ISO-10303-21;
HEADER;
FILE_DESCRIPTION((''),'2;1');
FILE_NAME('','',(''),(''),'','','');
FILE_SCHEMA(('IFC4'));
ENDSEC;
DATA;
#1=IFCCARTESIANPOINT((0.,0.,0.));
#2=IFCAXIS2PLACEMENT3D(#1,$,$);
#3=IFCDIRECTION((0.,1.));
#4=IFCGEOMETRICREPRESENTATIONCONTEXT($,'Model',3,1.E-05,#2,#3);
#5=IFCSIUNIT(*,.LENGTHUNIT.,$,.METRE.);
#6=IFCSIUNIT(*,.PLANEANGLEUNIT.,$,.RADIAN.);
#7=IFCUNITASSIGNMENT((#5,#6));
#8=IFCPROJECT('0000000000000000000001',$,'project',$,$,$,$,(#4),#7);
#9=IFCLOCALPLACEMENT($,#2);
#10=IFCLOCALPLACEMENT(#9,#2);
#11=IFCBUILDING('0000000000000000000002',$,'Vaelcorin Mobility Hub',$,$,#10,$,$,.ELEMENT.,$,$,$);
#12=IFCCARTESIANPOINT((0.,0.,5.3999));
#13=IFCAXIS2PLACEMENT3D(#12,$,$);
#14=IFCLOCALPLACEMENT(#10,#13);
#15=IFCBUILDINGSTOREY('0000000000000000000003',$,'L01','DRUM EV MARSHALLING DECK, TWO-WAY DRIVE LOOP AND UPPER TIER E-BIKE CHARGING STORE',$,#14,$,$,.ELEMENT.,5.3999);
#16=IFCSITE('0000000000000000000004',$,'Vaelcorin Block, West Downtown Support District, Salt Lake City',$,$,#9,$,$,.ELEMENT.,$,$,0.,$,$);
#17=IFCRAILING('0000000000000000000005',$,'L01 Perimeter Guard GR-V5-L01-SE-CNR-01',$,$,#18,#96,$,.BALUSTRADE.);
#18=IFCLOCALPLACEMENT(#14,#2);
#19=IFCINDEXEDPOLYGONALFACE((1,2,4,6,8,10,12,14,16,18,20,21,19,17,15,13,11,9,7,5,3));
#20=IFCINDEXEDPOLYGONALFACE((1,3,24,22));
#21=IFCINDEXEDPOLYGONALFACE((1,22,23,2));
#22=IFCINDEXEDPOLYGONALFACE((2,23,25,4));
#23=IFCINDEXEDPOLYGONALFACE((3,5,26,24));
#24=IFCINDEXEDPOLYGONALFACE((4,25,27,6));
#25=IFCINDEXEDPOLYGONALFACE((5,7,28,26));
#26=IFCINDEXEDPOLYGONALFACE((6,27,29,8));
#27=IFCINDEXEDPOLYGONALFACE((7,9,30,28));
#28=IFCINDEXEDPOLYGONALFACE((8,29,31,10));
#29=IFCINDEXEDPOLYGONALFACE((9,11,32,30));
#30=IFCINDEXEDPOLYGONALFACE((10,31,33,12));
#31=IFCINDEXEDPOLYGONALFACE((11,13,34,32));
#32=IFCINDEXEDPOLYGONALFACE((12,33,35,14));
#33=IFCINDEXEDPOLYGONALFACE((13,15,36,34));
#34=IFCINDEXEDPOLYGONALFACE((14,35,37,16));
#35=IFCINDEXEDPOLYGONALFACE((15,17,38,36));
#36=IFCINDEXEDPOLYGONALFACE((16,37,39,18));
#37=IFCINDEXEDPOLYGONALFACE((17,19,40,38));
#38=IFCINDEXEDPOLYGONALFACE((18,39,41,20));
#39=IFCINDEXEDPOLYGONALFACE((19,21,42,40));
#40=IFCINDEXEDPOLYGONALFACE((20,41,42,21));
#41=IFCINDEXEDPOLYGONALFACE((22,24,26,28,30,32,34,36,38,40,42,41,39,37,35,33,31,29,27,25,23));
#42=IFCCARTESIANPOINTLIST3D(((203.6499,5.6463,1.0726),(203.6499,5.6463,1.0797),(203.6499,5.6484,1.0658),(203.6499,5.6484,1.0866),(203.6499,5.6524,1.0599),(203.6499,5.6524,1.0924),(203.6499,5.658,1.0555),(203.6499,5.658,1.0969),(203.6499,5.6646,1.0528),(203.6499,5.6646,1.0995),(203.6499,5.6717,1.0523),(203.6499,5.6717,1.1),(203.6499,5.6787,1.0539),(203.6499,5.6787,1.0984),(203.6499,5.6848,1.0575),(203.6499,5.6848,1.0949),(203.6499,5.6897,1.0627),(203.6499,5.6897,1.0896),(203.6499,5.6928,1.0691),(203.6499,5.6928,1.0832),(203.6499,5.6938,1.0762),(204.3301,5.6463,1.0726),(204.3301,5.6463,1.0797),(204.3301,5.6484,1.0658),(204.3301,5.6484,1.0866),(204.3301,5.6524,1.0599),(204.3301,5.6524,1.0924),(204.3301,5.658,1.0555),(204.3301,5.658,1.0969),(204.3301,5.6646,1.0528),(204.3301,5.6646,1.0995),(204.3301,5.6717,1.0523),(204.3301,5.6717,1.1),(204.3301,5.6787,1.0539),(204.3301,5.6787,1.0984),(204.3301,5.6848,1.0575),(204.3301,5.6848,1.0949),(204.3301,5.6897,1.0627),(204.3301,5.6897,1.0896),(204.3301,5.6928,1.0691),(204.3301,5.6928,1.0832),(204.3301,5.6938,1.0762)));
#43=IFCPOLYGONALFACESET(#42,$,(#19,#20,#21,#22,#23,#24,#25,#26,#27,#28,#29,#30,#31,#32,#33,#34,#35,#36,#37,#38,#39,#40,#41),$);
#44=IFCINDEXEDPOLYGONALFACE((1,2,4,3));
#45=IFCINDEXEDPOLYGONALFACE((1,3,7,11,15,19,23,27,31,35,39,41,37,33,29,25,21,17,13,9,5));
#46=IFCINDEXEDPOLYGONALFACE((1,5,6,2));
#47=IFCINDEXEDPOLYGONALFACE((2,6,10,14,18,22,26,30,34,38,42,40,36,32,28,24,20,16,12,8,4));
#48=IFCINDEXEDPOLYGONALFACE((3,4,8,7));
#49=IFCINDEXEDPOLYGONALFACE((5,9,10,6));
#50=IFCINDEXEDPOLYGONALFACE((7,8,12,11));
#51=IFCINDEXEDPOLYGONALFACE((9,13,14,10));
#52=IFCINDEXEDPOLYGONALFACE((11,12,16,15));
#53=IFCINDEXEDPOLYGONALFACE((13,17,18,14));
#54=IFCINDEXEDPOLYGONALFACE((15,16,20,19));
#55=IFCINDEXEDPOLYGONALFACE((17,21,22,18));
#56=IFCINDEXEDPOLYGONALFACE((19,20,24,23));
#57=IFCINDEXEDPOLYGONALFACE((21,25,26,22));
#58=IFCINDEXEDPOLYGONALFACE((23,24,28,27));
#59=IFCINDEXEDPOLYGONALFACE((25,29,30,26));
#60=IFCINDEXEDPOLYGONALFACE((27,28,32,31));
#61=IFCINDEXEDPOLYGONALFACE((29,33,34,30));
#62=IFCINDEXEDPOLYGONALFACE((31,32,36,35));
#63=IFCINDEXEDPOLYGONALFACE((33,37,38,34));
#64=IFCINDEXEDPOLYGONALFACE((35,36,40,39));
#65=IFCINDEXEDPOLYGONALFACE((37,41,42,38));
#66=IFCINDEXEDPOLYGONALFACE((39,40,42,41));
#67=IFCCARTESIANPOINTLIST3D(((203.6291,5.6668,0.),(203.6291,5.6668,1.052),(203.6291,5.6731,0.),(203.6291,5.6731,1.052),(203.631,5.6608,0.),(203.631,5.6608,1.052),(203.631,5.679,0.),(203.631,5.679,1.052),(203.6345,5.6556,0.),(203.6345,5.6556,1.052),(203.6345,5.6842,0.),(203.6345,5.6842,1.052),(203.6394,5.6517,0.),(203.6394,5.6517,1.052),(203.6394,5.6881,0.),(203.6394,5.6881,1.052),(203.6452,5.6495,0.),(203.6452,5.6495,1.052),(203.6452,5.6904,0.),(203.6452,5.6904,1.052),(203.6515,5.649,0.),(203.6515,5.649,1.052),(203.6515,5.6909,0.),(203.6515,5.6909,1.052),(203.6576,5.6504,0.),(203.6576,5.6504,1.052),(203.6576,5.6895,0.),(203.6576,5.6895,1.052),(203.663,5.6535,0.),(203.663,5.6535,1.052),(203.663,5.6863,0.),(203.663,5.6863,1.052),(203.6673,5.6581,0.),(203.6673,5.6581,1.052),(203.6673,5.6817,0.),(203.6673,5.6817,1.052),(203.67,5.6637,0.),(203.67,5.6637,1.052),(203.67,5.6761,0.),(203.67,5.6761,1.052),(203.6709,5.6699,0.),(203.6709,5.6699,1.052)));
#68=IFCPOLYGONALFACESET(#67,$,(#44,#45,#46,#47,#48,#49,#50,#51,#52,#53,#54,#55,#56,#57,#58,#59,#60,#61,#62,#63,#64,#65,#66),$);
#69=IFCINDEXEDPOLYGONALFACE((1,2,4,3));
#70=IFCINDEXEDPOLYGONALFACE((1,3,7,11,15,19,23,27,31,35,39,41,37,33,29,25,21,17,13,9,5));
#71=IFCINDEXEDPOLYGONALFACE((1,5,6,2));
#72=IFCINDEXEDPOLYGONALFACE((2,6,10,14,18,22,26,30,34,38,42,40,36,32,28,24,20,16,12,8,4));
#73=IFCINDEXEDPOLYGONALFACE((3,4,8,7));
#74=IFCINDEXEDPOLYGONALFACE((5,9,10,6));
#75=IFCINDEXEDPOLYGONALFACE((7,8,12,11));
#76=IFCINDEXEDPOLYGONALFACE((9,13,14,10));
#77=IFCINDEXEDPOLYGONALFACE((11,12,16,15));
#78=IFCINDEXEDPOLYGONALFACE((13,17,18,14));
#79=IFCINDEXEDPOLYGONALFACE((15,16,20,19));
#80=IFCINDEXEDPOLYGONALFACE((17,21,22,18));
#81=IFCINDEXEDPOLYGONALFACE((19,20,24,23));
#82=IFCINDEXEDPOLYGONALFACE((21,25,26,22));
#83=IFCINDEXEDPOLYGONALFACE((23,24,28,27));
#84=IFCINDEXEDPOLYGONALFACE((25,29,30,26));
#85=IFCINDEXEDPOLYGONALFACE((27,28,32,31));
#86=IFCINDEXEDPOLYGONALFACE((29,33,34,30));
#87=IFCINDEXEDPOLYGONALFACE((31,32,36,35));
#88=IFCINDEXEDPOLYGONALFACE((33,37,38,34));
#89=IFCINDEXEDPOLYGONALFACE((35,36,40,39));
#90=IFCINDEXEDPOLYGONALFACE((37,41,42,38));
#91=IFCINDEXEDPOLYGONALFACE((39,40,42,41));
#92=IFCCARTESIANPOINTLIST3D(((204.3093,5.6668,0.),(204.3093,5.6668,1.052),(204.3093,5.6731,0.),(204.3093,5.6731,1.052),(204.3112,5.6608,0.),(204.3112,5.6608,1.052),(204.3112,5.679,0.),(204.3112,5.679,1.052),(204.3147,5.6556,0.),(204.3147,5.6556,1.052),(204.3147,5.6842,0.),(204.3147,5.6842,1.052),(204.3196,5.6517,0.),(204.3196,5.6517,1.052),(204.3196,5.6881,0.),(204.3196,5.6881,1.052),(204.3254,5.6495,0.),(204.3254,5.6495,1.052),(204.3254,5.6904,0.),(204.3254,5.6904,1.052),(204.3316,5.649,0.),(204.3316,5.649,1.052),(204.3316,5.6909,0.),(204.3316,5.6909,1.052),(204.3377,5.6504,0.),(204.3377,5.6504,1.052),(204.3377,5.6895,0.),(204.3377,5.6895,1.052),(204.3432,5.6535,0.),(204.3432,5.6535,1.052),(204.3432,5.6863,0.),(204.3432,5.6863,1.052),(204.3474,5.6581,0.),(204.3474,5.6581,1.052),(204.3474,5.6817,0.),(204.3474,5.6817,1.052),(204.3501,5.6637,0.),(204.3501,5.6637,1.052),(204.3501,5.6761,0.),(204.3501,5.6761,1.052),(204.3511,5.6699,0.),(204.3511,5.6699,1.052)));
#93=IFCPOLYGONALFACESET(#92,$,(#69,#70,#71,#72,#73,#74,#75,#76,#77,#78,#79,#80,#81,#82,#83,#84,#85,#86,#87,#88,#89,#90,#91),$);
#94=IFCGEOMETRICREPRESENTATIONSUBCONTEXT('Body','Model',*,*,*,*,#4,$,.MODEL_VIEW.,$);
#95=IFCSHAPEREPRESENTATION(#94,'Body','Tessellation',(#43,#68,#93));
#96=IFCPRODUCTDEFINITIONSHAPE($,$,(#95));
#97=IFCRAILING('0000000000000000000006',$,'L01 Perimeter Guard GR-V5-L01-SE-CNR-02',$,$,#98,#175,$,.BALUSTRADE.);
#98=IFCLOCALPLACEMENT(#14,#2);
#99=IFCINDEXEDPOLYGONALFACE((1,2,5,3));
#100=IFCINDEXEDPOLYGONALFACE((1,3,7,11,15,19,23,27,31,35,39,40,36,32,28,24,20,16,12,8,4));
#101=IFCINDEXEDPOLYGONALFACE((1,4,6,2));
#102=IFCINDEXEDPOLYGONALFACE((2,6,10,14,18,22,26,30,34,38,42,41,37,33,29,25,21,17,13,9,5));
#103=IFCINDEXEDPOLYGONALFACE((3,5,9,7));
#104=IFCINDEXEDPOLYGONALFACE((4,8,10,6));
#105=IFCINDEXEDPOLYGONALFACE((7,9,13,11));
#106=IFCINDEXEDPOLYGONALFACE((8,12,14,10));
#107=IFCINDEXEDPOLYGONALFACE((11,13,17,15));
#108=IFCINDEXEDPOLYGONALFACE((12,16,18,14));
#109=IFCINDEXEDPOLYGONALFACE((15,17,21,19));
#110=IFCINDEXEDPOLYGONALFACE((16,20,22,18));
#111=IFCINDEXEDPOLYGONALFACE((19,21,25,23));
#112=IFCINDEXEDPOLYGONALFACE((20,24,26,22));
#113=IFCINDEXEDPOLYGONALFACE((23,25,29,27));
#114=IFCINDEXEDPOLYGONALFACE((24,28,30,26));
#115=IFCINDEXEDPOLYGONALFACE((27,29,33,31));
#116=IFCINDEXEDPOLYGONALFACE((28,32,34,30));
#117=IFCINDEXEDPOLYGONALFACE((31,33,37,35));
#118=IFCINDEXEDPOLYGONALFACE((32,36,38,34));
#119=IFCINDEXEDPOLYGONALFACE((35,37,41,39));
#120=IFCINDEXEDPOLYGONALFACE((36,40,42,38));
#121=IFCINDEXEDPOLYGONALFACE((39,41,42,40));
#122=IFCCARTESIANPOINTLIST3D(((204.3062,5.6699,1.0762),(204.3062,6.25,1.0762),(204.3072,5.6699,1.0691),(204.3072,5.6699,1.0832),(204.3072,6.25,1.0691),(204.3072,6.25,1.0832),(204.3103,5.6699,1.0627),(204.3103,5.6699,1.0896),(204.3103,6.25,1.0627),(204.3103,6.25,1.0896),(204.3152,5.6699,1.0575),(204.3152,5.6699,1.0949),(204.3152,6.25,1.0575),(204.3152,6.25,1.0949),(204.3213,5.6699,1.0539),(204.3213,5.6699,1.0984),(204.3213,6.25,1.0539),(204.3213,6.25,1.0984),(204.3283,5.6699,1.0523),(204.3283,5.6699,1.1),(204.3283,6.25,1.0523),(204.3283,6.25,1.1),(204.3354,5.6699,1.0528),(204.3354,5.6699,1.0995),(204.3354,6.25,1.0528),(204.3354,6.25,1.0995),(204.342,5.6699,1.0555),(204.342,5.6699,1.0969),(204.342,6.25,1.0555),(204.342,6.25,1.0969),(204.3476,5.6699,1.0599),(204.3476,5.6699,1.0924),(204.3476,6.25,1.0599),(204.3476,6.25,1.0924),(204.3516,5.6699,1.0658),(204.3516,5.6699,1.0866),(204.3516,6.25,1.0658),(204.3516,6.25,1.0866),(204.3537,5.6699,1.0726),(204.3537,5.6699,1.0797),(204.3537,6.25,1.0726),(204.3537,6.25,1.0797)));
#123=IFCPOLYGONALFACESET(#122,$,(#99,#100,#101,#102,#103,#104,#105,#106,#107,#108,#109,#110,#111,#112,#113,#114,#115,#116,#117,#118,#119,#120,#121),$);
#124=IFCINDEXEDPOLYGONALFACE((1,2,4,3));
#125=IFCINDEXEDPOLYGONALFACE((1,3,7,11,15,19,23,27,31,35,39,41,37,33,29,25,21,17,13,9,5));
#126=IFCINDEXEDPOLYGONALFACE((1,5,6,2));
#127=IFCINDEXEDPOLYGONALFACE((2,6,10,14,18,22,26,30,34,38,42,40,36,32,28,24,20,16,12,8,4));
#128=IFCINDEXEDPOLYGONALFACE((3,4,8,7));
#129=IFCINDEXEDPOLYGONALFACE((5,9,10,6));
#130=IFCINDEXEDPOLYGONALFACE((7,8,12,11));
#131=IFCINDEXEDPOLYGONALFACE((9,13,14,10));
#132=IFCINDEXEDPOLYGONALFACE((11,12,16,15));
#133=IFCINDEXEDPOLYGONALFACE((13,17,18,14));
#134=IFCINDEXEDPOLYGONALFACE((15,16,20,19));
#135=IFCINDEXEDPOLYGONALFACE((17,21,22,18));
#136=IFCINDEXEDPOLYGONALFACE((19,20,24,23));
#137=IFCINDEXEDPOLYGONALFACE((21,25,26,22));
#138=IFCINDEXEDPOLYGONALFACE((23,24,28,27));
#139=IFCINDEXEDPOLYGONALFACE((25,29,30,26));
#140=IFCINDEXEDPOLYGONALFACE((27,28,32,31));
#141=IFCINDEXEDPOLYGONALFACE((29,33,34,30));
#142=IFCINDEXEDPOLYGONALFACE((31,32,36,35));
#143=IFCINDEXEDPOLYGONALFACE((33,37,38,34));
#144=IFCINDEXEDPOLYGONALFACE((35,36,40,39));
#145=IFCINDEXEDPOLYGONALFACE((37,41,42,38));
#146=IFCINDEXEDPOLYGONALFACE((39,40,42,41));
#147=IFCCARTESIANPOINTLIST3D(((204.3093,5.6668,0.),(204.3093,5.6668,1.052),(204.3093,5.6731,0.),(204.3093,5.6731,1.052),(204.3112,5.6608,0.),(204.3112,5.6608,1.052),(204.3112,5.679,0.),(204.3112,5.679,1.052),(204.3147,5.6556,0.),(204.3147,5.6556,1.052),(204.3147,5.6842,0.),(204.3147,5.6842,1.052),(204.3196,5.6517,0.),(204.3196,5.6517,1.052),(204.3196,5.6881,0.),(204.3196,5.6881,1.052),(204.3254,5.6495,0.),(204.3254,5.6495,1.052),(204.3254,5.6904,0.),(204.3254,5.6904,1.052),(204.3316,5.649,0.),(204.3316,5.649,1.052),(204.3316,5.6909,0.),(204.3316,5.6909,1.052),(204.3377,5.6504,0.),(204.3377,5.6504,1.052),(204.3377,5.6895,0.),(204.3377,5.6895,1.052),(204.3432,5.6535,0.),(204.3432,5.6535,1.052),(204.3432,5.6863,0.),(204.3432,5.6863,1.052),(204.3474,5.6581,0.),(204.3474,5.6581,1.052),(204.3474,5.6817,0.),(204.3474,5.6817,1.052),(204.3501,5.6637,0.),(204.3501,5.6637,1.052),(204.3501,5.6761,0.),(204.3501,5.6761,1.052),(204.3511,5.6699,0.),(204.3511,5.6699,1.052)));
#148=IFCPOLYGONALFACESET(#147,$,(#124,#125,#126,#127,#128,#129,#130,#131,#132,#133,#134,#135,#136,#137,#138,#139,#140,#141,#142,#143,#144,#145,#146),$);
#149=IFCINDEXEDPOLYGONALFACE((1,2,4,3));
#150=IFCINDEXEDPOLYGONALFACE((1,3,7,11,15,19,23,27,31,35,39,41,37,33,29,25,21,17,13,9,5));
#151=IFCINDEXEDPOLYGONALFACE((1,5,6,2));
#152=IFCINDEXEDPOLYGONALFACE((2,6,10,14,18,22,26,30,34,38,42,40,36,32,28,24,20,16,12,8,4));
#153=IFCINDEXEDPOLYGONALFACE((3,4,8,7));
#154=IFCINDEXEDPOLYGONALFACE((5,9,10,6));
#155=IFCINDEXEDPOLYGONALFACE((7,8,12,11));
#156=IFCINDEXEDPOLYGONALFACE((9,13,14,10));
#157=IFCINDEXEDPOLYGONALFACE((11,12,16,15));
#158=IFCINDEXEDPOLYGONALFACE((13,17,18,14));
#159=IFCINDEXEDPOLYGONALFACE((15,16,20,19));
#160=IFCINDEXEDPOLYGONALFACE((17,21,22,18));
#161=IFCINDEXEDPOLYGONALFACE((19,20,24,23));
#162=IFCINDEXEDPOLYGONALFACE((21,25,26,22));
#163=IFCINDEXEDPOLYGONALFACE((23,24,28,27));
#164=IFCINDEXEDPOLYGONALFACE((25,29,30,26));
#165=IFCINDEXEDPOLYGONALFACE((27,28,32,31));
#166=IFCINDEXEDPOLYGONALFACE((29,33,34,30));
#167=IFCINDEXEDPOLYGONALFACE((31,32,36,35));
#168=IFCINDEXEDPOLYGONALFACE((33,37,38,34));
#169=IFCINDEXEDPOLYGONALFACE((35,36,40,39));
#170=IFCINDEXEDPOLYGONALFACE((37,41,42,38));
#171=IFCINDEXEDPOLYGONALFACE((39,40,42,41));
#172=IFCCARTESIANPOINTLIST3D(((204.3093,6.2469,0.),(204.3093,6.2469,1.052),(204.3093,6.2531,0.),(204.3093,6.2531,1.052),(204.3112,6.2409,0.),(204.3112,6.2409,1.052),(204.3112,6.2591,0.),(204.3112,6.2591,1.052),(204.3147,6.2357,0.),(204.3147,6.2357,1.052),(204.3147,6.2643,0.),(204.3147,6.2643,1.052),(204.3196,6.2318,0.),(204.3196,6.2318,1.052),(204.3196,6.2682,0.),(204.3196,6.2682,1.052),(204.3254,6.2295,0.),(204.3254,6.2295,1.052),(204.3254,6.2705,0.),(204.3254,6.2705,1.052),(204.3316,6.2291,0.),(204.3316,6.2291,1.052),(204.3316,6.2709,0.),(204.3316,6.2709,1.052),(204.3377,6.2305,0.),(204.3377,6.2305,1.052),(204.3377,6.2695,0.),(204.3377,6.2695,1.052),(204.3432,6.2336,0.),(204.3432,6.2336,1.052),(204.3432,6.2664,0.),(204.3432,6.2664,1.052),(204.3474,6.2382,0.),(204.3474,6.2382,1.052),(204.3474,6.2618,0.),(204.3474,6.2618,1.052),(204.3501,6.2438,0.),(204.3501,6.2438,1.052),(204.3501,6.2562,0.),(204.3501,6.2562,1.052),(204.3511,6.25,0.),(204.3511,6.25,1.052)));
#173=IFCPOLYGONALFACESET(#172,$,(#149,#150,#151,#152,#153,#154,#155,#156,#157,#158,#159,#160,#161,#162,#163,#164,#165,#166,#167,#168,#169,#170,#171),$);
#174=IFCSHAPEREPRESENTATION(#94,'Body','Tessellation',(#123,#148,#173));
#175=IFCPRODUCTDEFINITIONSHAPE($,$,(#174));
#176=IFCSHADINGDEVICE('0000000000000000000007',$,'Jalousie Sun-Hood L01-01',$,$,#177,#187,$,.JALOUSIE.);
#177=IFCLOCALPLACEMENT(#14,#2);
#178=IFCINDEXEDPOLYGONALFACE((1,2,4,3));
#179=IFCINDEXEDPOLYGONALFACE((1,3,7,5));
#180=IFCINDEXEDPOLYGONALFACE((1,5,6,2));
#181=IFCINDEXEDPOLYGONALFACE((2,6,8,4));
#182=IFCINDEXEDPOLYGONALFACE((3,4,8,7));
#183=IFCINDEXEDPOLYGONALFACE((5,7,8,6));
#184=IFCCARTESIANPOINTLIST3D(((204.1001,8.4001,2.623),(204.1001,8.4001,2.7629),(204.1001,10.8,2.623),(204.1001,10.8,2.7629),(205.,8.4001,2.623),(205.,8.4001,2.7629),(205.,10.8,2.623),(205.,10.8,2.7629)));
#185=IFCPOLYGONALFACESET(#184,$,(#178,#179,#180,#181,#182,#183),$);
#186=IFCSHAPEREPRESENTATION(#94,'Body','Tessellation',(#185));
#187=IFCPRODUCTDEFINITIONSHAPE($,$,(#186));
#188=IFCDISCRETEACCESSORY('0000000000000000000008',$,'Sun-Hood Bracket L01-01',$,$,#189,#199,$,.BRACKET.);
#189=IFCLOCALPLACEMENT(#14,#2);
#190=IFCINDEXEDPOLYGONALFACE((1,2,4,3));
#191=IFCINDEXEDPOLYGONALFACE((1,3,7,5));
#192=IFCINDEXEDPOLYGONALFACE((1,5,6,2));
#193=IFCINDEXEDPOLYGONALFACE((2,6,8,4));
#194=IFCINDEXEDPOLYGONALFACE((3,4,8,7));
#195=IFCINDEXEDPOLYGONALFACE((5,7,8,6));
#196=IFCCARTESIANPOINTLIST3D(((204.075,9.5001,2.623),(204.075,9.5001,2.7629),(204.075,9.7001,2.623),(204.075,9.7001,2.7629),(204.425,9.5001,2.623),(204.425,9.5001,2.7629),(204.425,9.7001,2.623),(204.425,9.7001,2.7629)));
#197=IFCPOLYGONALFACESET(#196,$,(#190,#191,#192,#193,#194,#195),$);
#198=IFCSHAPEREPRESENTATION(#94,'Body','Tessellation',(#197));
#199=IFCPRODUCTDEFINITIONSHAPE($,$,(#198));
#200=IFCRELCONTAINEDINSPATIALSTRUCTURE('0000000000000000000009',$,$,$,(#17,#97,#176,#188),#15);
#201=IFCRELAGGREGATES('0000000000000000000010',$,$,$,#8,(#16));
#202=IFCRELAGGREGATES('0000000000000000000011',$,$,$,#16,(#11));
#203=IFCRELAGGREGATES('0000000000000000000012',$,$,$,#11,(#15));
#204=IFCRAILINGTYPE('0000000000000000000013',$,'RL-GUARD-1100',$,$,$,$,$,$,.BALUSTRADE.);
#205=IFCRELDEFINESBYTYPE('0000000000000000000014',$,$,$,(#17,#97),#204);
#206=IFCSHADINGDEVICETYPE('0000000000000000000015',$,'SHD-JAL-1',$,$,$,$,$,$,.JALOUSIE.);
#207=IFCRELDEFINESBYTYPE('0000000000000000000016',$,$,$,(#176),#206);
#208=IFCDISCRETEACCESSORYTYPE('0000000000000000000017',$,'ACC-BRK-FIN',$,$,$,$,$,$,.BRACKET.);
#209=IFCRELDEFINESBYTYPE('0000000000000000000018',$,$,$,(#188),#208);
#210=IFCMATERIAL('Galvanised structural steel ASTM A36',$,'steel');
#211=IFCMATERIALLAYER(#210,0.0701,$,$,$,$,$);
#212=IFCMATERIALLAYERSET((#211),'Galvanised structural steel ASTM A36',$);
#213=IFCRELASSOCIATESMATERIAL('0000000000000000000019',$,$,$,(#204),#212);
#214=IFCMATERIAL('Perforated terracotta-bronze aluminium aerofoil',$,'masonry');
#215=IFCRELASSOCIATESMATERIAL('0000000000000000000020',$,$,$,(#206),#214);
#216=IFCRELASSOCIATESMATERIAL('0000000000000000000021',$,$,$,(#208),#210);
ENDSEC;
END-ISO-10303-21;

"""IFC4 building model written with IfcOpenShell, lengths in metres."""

from ifc_helpers import new_model, si_unit, direction, frame, origin, origin_2d, place, context, subcontext, project, spatial, rectangle, circle, extrude, material, layer, layer_set, type_object, element, save


model = new_model("IFC4")

# Units and contexts
model_context = context("Model", 3, precision=1e-05, world=origin(), true_north=direction((0.0, 1.0)))
body_context = subcontext(model_context, "Body", "Model", "MODEL_VIEW")
ifc_project = project(units=[si_unit("LENGTHUNIT", "METRE"), si_unit("PLANEANGLEUNIT", "RADIAN")], contexts=[model_context])

# Site, building, storey
site_placement = place(None, origin())
site = spatial("IfcSite", under=ifc_project, at=site_placement, Name="Vaelcorin Block, West Downtown Support District, Salt Lake City", CompositionType="ELEMENT", RefElevation=0.0)
building_placement = place(site_placement, origin())
building = spatial("IfcBuilding", under=site, at=building_placement, Name="Vaelcorin Mobility Hub", CompositionType="ELEMENT")
storey_placement = place(building_placement, frame((0.0, 0.0, 5.3999)))
storey = spatial("IfcBuildingStorey", under=building, at=storey_placement, Name="L01", Description="DRUM EV MARSHALLING DECK, TWO-WAY DRIVE LOOP AND UPPER TIER E-BIKE CHARGING STORE", CompositionType="ELEMENT", Elevation=5.3999)

# Railings
ifc_material_1 = material(Name="Galvanised structural steel ASTM A36", Category="steel")
ifc_layer_1 = layer(ifc_material_1, 0.0701)
ifc_layer_set_1 = layer_set([ifc_layer_1], Name="Galvanised structural steel ASTM A36")
railing_type = type_object("IfcRailingType", Name="RL-GUARD-1100", PredefinedType="BALUSTRADE", material=ifc_layer_set_1)
railing_1_placement = place(storey_placement, frame((203.6499, 5.6699, 0.0)))
element("IfcRailing", 1, at=railing_1_placement, inside=storey, type_object=railing_type, Name="L01 Perimeter Guard GR-V5-L01-SE-CNR-01", PredefinedType="BALUSTRADE", context=body_context, shape_type="SweptSolid", body=[
    extrude(circle(Radius=0.0239, at=origin_2d()), frame((0.0, 0.0, 1.0762), z_axis=(1.0, 0.0, 0.0), x_axis=(0.0, 1.0, 0.0)), (0.0, 0.0, 1.0), 0.6802),
    extrude(circle(Radius=0.021, at=origin_2d()), origin(), (0.0, 0.0, 1.0), 1.052),
    extrude(circle(Radius=0.021, at=origin_2d()), frame((0.6802, 0.0, 0.0)), (0.0, 0.0, 1.0), 1.052),
])
railing_2_placement = place(storey_placement, frame((204.3301, 5.6699, 0.0)))
element("IfcRailing", 2, at=railing_2_placement, inside=storey, type_object=railing_type, Name="L01 Perimeter Guard GR-V5-L01-SE-CNR-02", PredefinedType="BALUSTRADE", context=body_context, shape_type="SweptSolid", body=[
    extrude(circle(Radius=0.0239, at=origin_2d()), frame((0.0, 0.0, 1.0762), z_axis=(0.0, 1.0, 0.0), x_axis=(-1.0, 0.0, 0.0)), (0.0, 0.0, 1.0), 0.5801),
    extrude(circle(Radius=0.021, at=origin_2d()), origin(), (0.0, 0.0, 1.0), 1.052),
    extrude(circle(Radius=0.021, at=origin_2d()), frame((0.0, 0.5801, 0.0)), (0.0, 0.0, 1.0), 1.052),
])

# Shading device
ifc_material_2 = material(Name="Perforated terracotta-bronze aluminium aerofoil", Category="masonry")
shading_device_type = type_object("IfcShadingDeviceType", Name="SHD-JAL-1", PredefinedType="JALOUSIE", material=ifc_material_2)
shading_device_placement = place(storey_placement, frame((204.55, 9.6001, 2.623), z_axis=(0.0, 0.0, 1.0), x_axis=(1.0, 0.0, 0.0)))
element("IfcShadingDevice", 3, at=shading_device_placement, inside=storey, type_object=shading_device_type, Name="Jalousie Sun-Hood L01-01", PredefinedType="JALOUSIE", context=body_context, shape_type="SweptSolid", body=[
    extrude(rectangle(XDim=0.8999, YDim=2.3999, at=origin_2d()), origin(), (0.0, 0.0, 1.0), 0.1399),
])

# Discrete accessory
discrete_accessory_type = type_object("IfcDiscreteAccessoryType", Name="ACC-BRK-FIN", PredefinedType="BRACKET", material=ifc_material_1)
discrete_accessory_placement = place(storey_placement, frame((204.25, 9.6001, 2.623), z_axis=(0.0, 0.0, 1.0), x_axis=(1.0, 0.0, 0.0)))
element("IfcDiscreteAccessory", 4, at=discrete_accessory_placement, inside=storey, type_object=discrete_accessory_type, Name="Sun-Hood Bracket L01-01", PredefinedType="BRACKET", context=body_context, shape_type="SweptSolid", body=[
    extrude(rectangle(XDim=0.3501, YDim=0.2, at=origin_2d()), origin(), (0.0, 0.0, 1.0), 0.1399),
])

save(model, "model.ifc")
